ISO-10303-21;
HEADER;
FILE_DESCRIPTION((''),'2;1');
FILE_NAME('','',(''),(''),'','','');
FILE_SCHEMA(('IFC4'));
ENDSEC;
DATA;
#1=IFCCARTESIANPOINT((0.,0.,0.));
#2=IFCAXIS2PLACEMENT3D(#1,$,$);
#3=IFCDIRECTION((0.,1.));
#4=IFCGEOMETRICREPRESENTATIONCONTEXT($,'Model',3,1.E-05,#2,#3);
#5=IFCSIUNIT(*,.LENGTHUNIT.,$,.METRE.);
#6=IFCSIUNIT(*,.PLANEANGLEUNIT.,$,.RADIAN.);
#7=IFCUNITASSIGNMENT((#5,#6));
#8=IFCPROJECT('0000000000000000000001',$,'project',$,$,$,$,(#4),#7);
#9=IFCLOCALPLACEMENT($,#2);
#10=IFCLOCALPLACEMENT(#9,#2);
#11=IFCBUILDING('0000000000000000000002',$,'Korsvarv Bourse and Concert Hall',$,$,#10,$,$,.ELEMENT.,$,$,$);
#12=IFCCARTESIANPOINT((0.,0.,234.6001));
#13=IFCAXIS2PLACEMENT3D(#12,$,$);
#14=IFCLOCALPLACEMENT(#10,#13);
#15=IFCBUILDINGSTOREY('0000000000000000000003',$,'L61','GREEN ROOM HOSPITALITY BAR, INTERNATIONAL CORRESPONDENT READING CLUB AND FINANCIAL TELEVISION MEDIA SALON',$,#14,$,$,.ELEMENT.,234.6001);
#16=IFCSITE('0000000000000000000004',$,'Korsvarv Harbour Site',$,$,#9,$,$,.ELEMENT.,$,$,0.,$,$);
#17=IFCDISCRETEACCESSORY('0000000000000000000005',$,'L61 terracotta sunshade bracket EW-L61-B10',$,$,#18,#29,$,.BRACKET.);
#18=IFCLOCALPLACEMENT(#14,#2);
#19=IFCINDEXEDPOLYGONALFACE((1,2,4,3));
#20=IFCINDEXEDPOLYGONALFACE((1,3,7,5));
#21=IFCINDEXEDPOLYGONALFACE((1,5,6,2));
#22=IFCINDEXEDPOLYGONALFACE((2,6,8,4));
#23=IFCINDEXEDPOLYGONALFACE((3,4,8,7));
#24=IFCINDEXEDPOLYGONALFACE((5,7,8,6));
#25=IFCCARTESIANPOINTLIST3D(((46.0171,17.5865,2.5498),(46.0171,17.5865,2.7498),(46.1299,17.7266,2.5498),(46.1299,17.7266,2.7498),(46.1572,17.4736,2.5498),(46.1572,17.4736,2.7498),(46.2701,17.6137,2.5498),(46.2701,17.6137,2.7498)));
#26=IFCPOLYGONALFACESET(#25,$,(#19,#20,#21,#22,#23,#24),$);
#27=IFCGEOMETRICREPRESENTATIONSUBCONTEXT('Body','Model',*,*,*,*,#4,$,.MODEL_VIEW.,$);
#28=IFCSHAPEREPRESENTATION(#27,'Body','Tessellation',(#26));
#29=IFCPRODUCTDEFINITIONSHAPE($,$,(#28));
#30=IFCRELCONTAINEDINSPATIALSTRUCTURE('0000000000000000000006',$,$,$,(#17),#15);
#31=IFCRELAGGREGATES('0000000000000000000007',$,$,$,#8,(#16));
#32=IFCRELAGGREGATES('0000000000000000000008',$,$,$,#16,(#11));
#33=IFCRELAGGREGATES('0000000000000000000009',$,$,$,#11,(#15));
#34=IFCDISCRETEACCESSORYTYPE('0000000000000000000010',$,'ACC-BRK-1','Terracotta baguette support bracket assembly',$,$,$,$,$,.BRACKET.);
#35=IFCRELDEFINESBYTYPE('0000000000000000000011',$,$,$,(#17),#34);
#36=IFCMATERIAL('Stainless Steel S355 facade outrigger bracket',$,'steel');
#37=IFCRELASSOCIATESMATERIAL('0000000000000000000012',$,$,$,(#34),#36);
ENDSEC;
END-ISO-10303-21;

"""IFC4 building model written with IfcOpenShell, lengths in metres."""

from ifc_helpers import new_model, si_unit, direction, frame, origin, origin_2d, place, context, subcontext, project, spatial, rectangle, extrude, source, transform, mapped, material, type_object, element, save


model = new_model("IFC4")

# Units and contexts
model_context = context("Model", 3, precision=1e-05, world=origin(), true_north=direction((0.0, 1.0)))
body_context = subcontext(model_context, "Body", "Model", "MODEL_VIEW")
ifc_project = project(units=[si_unit("LENGTHUNIT", "METRE"), si_unit("PLANEANGLEUNIT", "RADIAN")], contexts=[model_context])

# Site, building, storey
site_placement = place(None, origin())
site = spatial("IfcSite", under=ifc_project, at=site_placement, Name="Korsvarv Harbour Site", CompositionType="ELEMENT", RefElevation=0.0)
building_placement = place(site_placement, origin())
building = spatial("IfcBuilding", under=site, at=building_placement, Name="Korsvarv Bourse and Concert Hall", CompositionType="ELEMENT")
storey_placement = place(building_placement, frame((0.0, 0.0, 234.6001)))
storey = spatial("IfcBuildingStorey", under=building, at=storey_placement, Name="L61", Description="GREEN ROOM HOSPITALITY BAR, INTERNATIONAL CORRESPONDENT READING CLUB AND FINANCIAL TELEVISION MEDIA SALON", CompositionType="ELEMENT", Elevation=234.6001)

# Discrete accessory
ifc_material_1 = material(Name="Stainless Steel S355 facade outrigger bracket", Category="steel")
discrete_accessory_type = type_object("IfcDiscreteAccessoryType", Name="ACC-BRK-1", Description="Terracotta baguette support bracket assembly", PredefinedType="BRACKET", material=ifc_material_1)
shared_shape_1 = source(origin(), body_context, "Body", "SweptSolid", [
    extrude(rectangle(XDim=0.1799, YDim=0.1799, at=origin_2d()), origin(), (0.0, 0.0, 1.0), 0.2),
])
for number, where, z_axis, x_axis, name in (
    (1, (46.1436, 17.6001, 2.5498), (0.0, 0.0, 1.0), (0.62742, 0.778681, 0.0), "L61 terracotta sunshade bracket EW-L61-B10"),
):
    element("IfcDiscreteAccessory", number, at=place(storey_placement, frame(where, z_axis=z_axis, x_axis=x_axis)), inside=storey, type_object=discrete_accessory_type, Name=name, PredefinedType="BRACKET", context=body_context, shape_type="MappedRepresentation", body=[
        mapped(shared_shape_1, transform((0.0, 0.0, 0.0), scale=1.0)),
    ])

save(model, "model.ifc")
